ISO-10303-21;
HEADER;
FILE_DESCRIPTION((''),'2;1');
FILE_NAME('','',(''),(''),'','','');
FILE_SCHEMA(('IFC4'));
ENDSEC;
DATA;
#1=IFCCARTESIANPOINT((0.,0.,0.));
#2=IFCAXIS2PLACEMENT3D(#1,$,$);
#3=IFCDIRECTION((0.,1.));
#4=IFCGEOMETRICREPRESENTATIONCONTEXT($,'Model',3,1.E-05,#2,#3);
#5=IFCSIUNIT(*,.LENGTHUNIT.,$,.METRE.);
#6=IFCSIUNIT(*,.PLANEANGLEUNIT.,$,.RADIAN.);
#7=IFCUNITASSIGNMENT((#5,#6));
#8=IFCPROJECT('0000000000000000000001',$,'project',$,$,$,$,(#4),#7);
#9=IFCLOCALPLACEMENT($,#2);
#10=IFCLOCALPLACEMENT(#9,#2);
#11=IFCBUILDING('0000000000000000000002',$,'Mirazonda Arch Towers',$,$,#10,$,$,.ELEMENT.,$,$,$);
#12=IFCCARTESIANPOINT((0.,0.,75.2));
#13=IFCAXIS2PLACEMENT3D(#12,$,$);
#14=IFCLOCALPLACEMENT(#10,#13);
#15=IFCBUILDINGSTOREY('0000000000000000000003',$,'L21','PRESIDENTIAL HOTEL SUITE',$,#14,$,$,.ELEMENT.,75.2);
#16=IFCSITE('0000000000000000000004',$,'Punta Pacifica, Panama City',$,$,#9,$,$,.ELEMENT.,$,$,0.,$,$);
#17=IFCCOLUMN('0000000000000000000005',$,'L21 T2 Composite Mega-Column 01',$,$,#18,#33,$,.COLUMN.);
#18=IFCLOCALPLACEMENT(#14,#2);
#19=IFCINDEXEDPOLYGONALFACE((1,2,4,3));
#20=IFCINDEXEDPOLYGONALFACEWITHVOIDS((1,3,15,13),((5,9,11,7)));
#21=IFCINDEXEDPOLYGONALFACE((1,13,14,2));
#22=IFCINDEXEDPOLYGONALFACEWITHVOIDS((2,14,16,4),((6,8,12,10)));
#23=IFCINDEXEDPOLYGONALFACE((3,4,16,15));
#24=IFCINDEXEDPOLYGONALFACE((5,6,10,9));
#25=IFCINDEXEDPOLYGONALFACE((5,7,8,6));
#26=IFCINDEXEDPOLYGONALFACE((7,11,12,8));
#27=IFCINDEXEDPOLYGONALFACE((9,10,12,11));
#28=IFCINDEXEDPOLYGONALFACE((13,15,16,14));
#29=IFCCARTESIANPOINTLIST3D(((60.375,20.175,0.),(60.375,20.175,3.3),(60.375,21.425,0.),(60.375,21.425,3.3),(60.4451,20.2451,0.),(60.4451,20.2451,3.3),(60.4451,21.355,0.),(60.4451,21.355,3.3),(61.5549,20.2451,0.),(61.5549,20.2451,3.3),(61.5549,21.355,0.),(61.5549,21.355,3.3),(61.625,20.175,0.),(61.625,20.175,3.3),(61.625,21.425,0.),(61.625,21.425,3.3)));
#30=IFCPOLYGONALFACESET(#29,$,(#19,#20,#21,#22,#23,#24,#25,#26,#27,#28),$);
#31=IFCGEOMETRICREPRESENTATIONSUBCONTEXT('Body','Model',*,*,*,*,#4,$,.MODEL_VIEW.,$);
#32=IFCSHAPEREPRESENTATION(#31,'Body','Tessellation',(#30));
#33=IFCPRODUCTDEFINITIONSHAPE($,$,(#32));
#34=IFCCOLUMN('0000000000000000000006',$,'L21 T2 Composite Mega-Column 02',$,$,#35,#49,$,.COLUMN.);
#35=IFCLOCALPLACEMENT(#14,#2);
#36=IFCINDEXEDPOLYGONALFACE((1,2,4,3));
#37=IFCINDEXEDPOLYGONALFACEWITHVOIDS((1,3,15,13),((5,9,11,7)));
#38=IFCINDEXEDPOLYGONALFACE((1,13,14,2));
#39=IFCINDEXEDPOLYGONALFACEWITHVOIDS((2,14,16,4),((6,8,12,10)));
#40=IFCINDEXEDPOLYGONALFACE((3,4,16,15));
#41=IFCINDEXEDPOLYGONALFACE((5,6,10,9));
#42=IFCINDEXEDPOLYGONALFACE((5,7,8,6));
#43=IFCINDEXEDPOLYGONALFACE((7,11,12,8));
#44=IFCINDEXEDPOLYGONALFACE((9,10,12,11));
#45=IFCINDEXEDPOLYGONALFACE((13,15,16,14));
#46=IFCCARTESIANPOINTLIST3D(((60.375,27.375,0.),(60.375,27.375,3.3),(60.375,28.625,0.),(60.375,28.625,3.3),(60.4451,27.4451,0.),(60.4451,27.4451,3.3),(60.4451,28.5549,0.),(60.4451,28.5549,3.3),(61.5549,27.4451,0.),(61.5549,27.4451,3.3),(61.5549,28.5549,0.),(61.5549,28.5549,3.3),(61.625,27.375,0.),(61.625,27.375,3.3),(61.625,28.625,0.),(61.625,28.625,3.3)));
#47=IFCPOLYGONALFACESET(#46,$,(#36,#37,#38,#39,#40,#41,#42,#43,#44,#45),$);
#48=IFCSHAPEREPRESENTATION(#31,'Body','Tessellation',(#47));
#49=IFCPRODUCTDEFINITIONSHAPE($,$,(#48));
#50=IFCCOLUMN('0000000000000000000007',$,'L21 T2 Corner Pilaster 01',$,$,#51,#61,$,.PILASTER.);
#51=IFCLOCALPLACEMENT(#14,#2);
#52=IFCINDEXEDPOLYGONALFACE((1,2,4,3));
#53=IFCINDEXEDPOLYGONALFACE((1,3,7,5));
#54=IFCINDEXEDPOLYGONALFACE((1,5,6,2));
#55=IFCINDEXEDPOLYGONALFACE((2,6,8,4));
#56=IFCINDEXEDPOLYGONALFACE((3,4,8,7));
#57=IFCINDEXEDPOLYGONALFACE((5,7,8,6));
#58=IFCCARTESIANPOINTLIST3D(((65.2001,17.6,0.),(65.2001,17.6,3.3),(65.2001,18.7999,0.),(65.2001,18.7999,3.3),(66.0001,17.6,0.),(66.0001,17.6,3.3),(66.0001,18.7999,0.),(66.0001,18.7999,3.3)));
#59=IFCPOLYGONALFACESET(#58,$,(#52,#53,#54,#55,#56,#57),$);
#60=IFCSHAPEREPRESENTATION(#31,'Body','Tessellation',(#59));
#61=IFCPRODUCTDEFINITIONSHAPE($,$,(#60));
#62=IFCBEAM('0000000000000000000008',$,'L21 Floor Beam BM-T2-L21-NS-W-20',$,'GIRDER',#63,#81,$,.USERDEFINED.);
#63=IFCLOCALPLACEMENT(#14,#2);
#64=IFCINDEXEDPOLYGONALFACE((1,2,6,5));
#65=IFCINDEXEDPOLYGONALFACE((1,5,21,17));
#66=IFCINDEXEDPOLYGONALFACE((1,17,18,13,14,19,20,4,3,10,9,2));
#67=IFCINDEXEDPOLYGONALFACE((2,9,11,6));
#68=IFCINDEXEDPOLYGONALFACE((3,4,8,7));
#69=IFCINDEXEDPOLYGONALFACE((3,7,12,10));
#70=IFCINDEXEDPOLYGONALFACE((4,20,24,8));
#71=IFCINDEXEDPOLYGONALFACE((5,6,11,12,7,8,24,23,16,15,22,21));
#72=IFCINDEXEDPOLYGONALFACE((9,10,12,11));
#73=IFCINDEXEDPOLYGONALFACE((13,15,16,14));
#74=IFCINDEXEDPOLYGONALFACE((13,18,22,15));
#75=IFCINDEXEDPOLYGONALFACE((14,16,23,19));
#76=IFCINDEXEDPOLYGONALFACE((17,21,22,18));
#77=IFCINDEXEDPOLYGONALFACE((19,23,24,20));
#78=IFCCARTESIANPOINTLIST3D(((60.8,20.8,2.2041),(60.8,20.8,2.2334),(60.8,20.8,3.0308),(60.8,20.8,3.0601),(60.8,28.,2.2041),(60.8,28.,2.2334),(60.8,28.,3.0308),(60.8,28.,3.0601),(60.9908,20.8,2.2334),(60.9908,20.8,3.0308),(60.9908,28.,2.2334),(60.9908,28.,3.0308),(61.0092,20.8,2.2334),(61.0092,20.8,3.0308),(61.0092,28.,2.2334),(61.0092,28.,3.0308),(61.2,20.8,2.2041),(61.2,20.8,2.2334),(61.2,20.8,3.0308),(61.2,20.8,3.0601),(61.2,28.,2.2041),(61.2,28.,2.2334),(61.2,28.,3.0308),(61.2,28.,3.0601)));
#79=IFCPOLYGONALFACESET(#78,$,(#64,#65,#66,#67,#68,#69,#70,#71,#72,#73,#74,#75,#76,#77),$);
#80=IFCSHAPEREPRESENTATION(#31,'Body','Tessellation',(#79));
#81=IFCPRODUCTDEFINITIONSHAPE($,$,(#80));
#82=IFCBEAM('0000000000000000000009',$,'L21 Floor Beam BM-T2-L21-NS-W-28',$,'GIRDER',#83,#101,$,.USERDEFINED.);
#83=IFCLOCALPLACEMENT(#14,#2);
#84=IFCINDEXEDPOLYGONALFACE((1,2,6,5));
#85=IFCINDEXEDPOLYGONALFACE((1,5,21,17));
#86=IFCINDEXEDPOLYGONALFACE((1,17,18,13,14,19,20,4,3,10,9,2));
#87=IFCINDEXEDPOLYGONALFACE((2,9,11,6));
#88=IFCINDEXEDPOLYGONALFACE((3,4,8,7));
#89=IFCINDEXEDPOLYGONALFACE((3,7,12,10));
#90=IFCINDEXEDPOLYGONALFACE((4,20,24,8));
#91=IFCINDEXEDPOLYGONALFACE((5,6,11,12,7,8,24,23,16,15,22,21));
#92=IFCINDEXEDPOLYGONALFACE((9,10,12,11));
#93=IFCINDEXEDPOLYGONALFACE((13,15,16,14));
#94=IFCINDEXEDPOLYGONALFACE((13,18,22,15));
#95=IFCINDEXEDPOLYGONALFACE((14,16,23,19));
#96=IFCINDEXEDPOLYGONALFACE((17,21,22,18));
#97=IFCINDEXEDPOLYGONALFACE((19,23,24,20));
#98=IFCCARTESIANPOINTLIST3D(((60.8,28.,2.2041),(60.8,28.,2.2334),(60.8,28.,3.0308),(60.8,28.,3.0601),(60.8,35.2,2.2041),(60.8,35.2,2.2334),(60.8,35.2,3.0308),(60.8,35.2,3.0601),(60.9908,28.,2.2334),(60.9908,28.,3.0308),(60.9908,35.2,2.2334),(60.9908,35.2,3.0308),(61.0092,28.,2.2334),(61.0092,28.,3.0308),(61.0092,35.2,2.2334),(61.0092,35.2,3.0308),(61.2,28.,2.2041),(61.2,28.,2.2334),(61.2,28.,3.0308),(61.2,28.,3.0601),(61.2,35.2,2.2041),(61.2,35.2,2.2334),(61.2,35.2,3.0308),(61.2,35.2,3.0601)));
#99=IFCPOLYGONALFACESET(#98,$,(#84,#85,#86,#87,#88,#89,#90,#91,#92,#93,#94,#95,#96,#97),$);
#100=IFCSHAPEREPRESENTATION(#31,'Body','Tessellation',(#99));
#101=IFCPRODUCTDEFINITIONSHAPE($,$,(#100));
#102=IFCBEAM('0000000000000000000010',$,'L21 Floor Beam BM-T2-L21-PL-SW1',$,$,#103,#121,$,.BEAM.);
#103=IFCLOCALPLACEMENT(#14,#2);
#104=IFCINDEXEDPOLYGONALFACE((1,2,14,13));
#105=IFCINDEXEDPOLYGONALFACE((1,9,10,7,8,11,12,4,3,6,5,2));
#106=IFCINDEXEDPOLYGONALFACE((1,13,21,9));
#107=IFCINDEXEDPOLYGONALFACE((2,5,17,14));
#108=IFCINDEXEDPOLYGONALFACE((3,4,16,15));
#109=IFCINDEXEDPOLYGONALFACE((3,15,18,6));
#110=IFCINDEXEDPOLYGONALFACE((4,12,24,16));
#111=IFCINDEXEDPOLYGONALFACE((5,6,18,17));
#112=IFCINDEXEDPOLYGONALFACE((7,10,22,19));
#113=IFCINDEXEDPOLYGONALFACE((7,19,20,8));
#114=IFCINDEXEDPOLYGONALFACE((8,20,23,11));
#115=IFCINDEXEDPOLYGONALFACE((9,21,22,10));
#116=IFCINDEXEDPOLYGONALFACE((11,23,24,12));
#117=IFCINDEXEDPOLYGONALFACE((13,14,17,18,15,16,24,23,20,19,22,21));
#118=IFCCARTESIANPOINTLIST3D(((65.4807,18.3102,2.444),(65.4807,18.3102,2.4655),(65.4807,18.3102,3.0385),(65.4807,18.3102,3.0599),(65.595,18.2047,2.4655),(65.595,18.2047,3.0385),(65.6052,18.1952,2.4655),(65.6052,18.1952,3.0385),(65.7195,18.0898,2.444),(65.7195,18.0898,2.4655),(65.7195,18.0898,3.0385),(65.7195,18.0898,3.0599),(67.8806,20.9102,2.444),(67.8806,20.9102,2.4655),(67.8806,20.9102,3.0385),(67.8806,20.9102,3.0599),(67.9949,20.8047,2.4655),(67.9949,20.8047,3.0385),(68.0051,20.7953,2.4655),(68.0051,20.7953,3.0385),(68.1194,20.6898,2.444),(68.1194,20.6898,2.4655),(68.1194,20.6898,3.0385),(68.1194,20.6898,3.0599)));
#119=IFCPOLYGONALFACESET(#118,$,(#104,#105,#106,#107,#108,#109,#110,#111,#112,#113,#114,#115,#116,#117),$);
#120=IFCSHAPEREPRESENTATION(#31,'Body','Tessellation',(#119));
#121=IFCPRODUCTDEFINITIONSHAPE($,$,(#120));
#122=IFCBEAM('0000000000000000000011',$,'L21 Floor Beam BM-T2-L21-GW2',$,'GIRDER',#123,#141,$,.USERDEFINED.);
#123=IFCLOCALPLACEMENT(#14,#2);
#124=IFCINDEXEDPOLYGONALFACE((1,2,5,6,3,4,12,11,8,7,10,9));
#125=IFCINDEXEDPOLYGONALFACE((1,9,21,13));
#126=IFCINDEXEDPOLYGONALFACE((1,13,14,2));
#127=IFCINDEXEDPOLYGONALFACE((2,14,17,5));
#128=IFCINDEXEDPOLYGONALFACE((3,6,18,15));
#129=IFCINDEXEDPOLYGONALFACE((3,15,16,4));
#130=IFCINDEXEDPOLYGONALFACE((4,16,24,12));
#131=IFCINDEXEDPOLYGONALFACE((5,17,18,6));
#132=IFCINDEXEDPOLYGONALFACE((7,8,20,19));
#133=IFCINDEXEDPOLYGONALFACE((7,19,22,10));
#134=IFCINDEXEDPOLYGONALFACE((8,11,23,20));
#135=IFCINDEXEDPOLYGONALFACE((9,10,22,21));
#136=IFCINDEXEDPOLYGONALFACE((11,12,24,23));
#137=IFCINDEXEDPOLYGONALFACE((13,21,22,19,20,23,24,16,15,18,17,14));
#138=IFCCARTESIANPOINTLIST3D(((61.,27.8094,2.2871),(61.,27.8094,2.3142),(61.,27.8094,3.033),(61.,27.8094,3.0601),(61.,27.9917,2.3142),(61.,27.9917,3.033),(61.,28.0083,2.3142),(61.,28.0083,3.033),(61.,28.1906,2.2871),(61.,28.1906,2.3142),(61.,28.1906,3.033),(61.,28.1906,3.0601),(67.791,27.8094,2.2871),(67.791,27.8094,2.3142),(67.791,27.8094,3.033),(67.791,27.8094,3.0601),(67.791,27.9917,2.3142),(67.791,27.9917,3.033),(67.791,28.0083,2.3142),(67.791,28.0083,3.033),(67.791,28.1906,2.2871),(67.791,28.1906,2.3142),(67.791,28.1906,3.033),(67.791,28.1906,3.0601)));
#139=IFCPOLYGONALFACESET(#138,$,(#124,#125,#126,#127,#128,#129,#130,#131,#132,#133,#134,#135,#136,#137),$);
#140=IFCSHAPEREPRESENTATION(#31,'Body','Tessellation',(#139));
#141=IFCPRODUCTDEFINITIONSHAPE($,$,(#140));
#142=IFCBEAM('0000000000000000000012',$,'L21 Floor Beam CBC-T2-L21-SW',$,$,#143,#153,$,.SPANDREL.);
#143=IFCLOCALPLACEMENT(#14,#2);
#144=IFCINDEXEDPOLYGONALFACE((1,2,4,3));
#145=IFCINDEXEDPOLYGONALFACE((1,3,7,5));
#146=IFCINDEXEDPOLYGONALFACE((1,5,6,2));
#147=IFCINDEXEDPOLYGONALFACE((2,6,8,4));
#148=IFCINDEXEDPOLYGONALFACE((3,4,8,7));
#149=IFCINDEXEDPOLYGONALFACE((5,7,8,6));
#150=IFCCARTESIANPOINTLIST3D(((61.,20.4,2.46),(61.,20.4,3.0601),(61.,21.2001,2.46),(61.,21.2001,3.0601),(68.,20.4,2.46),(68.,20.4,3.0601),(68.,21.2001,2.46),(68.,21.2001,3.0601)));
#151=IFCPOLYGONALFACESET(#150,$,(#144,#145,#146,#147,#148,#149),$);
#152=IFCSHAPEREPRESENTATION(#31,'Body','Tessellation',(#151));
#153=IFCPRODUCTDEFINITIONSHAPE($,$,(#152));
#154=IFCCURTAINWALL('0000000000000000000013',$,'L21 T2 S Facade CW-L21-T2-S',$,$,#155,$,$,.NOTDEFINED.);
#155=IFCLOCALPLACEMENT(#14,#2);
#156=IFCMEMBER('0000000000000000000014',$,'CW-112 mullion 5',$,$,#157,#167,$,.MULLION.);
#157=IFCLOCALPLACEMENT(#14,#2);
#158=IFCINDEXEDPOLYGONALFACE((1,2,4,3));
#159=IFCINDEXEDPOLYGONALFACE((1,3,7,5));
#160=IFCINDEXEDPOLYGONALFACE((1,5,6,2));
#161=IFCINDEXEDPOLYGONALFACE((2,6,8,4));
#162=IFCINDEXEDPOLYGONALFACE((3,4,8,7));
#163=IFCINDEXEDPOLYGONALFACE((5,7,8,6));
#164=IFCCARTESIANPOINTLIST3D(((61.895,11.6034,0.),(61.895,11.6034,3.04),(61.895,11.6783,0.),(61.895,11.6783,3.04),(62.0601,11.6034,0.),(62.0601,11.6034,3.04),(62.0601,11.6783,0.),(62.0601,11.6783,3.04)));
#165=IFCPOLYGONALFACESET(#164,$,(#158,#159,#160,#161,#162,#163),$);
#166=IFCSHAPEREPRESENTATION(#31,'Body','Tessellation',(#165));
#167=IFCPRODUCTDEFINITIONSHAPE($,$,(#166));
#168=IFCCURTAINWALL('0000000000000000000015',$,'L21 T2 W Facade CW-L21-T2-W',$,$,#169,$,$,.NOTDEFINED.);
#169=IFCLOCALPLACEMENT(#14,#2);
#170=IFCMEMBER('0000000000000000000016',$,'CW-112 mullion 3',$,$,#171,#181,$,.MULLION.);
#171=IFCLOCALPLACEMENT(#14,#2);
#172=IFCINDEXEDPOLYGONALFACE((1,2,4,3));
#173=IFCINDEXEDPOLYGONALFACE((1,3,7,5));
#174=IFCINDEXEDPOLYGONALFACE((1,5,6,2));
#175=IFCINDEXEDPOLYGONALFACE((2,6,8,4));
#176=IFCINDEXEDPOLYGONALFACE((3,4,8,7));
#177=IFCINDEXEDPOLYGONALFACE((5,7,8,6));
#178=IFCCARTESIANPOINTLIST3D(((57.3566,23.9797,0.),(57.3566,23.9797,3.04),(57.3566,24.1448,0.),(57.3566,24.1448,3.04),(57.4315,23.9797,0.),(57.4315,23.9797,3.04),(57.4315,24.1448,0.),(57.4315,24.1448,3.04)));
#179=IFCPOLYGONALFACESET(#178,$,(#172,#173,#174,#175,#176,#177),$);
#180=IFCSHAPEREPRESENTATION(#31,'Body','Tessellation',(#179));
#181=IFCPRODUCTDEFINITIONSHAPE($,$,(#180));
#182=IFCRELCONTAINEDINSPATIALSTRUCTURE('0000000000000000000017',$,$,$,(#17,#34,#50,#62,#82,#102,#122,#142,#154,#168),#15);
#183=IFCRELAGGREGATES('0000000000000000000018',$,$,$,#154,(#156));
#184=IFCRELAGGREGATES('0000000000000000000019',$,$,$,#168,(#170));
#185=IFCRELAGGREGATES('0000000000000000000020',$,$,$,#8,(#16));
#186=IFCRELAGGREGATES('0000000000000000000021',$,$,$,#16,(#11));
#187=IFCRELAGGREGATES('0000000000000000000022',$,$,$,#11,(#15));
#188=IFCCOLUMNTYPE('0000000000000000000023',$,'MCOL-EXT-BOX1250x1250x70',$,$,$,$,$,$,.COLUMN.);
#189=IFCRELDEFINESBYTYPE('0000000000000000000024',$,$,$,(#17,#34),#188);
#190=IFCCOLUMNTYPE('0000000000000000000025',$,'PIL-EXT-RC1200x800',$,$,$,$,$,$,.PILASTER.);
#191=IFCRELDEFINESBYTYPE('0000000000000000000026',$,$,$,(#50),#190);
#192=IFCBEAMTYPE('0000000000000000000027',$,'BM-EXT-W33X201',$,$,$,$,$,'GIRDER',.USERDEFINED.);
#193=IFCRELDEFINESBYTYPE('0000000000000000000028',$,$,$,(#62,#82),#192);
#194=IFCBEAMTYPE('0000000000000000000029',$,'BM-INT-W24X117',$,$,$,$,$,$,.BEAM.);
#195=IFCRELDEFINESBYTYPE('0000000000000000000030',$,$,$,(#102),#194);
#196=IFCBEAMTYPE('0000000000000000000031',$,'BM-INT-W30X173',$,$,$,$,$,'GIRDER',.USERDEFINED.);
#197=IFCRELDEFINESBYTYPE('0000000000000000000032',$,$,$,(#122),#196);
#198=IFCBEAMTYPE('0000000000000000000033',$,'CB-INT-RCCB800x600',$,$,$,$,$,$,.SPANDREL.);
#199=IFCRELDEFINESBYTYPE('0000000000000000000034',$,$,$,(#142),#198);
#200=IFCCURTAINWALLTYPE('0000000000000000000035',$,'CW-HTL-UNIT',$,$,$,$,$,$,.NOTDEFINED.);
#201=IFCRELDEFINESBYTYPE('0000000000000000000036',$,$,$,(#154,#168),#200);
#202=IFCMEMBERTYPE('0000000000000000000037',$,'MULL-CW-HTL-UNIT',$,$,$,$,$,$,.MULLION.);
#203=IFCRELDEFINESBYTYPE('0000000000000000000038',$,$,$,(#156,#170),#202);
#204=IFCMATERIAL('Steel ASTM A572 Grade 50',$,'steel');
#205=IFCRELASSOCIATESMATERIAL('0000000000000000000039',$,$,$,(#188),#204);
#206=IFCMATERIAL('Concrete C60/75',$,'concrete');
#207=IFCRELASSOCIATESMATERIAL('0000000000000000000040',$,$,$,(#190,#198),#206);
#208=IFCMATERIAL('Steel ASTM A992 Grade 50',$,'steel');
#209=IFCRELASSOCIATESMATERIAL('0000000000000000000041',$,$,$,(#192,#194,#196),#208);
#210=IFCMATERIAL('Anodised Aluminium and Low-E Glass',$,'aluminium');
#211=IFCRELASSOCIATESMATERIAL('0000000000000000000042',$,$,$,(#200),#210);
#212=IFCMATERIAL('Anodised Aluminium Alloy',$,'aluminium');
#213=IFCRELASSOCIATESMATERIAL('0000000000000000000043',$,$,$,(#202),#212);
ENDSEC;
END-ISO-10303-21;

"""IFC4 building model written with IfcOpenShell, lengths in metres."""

from ifc_helpers import new_model, si_unit, direction, frame, origin, origin_2d, place, context, subcontext, project, spatial, rectangle, hollow_rectangle, i_section, extrude, material, material_profile, profile_set, type_object, element, aggregate, save


model = new_model("IFC4")

# Units and contexts
model_context = context("Model", 3, precision=1e-05, world=origin(), true_north=direction((0.0, 1.0)))
body_context = subcontext(model_context, "Body", "Model", "MODEL_VIEW")
ifc_project = project(units=[si_unit("LENGTHUNIT", "METRE"), si_unit("PLANEANGLEUNIT", "RADIAN")], contexts=[model_context])

# Site, building, storey
site_placement = place(None, origin())
site = spatial("IfcSite", under=ifc_project, at=site_placement, Name="Punta Pacifica, Panama City", CompositionType="ELEMENT", RefElevation=0.0)
building_placement = place(site_placement, origin())
building = spatial("IfcBuilding", under=site, at=building_placement, Name="Mirazonda Arch Towers", CompositionType="ELEMENT")
storey_placement = place(building_placement, frame((0.0, 0.0, 75.2)))
storey = spatial("IfcBuildingStorey", under=building, at=storey_placement, Name="L21", Description="PRESIDENTIAL HOTEL SUITE", CompositionType="ELEMENT", Elevation=75.2)

# Columns
ifc_material_1 = material(Name="Steel ASTM A572 Grade 50", Category="steel")
ifc_material_profile_1 = material_profile(ifc_material_1, hollow_rectangle(XDim=1.25, YDim=1.25, WallThickness=0.0701, at=origin_2d()), Name="BOX1250x1250x70")
ifc_profile_set_1 = profile_set([ifc_material_profile_1], Name="Steel ASTM A572 Grade 50")
column_type_1 = type_object("IfcColumnType", Name="MCOL-EXT-BOX1250x1250x70", PredefinedType="COLUMN", material=ifc_profile_set_1)
for number, where, z_axis, x_axis, name in (
    (1, (61.0, 20.8, 0.0), (0.0, 0.0, 1.0), (1.0, 0.0, 0.0), "L21 T2 Composite Mega-Column 01"),
    (2, (61.0, 28.0, 0.0), (0.0, 0.0, 1.0), (1.0, 0.0, 0.0), "L21 T2 Composite Mega-Column 02"),
):
    element("IfcColumn", number, at=place(storey_placement, frame(where, z_axis=z_axis, x_axis=x_axis)), inside=storey, type_object=column_type_1, Name=name, PredefinedType="COLUMN", context=body_context, shape_type="SweptSolid", body=[
        extrude(hollow_rectangle(XDim=1.25, YDim=1.25, WallThickness=0.0701, at=origin_2d()), origin(), (0.0, 0.0, 1.0), 3.3),
    ])
ifc_material_2 = material(Name="Concrete C60/75", Category="concrete")
ifc_material_profile_2 = material_profile(ifc_material_2, rectangle(XDim=0.8, YDim=1.2, at=origin_2d()), Name="RC1200x800")
ifc_profile_set_2 = profile_set([ifc_material_profile_2], Name="Concrete C60/75")
column_type_2 = type_object("IfcColumnType", Name="PIL-EXT-RC1200x800", PredefinedType="PILASTER", material=ifc_profile_set_2)
column_placement = place(storey_placement, frame((65.6001, 18.2, 0.0), z_axis=(0.0, 0.0, 1.0), x_axis=(1.0, 0.0, 0.0)))
element("IfcColumn", 3, at=column_placement, inside=storey, type_object=column_type_2, Name="L21 T2 Corner Pilaster 01", PredefinedType="PILASTER", context=body_context, shape_type="SweptSolid", body=[
    extrude(rectangle(XDim=0.8, YDim=1.2, at=origin_2d()), origin(), (0.0, 0.0, 1.0), 3.3),
])

# Beams
ifc_material_3 = material(Name="Steel ASTM A992 Grade 50", Category="steel")
ifc_material_profile_3 = material_profile(ifc_material_3, i_section(OverallWidth=0.3999, OverallDepth=0.856, WebThickness=0.0183, FlangeThickness=0.0293, at=origin_2d()), Name="W33X201")
ifc_profile_set_3 = profile_set([ifc_material_profile_3], Name="Steel ASTM A992 Grade 50")
beam_type_1 = type_object("IfcBeamType", Name="BM-EXT-W33X201", ElementType="GIRDER", PredefinedType="USERDEFINED", material=ifc_profile_set_3)
for number, where, z_axis, x_axis, name in (
    (4, (61.0, 20.8, 2.6321), (0.0, 1.0, 0.0), (-1.0, 0.0, 0.0), "L21 Floor Beam BM-T2-L21-NS-W-20"),
    (5, (61.0, 28.0, 2.6321), (0.0, 1.0, 0.0), (-1.0, 0.0, 0.0), "L21 Floor Beam BM-T2-L21-NS-W-28"),
):
    element("IfcBeam", number, at=place(storey_placement, frame(where, z_axis=z_axis, x_axis=x_axis)), inside=storey, type_object=beam_type_1, Name=name, ObjectType="GIRDER", PredefinedType="USERDEFINED", context=body_context, shape_type="SweptSolid", body=[
        extrude(i_section(OverallWidth=0.3999, OverallDepth=0.856, WebThickness=0.0183, FlangeThickness=0.0293, at=origin_2d()), origin(), (0.0, 0.0, 1.0), 7.2),
    ])
ifc_material_profile_4 = material_profile(ifc_material_3, i_section(OverallWidth=0.325, OverallDepth=0.616, WebThickness=0.0139, FlangeThickness=0.0215, at=origin_2d()), Name="W24X117")
ifc_profile_set_4 = profile_set([ifc_material_profile_4], Name="Steel ASTM A992 Grade 50")
beam_type_2 = type_object("IfcBeamType", Name="BM-INT-W24X117", PredefinedType="BEAM", material=ifc_profile_set_4)
beam_1_placement = place(storey_placement, frame((65.6001, 18.2, 2.752), z_axis=(0.678251, 0.73483, 0.0), x_axis=(-0.73483, 0.678251, 0.0)))
element("IfcBeam", 6, at=beam_1_placement, inside=storey, type_object=beam_type_2, Name="L21 Floor Beam BM-T2-L21-PL-SW1", PredefinedType="BEAM", context=body_context, shape_type="SweptSolid", body=[
    extrude(i_section(OverallWidth=0.325, OverallDepth=0.616, WebThickness=0.0139, FlangeThickness=0.0215, at=origin_2d()), origin(), (0.0, 0.0, 1.0), 3.5383),
])
ifc_material_profile_5 = material_profile(ifc_material_3, i_section(OverallWidth=0.3811, OverallDepth=0.7729, WebThickness=0.0166, FlangeThickness=0.0271, at=origin_2d()), Name="W30X173")
ifc_profile_set_5 = profile_set([ifc_material_profile_5], Name="Steel ASTM A992 Grade 50")
beam_type_3 = type_object("IfcBeamType", Name="BM-INT-W30X173", ElementType="GIRDER", PredefinedType="USERDEFINED", material=ifc_profile_set_5)
beam_2_placement = place(storey_placement, frame((61.0, 28.0, 2.6736), z_axis=(1.0, 0.0, 0.0), x_axis=(0.0, 1.0, 0.0)))
element("IfcBeam", 7, at=beam_2_placement, inside=storey, type_object=beam_type_3, Name="L21 Floor Beam BM-T2-L21-GW2", ObjectType="GIRDER", PredefinedType="USERDEFINED", context=body_context, shape_type="SweptSolid", body=[
    extrude(i_section(OverallWidth=0.3811, OverallDepth=0.7729, WebThickness=0.0166, FlangeThickness=0.0271, at=origin_2d()), origin(), (0.0, 0.0, 1.0), 6.791),
])
ifc_material_profile_6 = material_profile(ifc_material_2, rectangle(XDim=0.8, YDim=0.6001, at=origin_2d()), Name="RCCB800x600")
ifc_profile_set_6 = profile_set([ifc_material_profile_6], Name="Concrete C60/75")
beam_type_4 = type_object("IfcBeamType", Name="CB-INT-RCCB800x600", PredefinedType="SPANDREL", material=ifc_profile_set_6)
beam_3_placement = place(storey_placement, frame((61.0, 20.8, 2.76), z_axis=(1.0, 0.0, 0.0), x_axis=(0.0, 1.0, 0.0)))
element("IfcBeam", 8, at=beam_3_placement, inside=storey, type_object=beam_type_4, Name="L21 Floor Beam CBC-T2-L21-SW", PredefinedType="SPANDREL", context=body_context, shape_type="SweptSolid", body=[
    extrude(rectangle(XDim=0.8, YDim=0.6001, at=origin_2d()), origin(), (0.0, 0.0, 1.0), 7.0),
])

# Curtain wall, member
ifc_material_4 = material(Name="Anodised Aluminium and Low-E Glass", Category="aluminium")
curtain_wall_type = type_object("IfcCurtainWallType", Name="CW-HTL-UNIT", PredefinedType="NOTDEFINED", material=ifc_material_4)
curtain_wall_1_placement = place(storey_placement, origin())
curtain_wall_1 = element("IfcCurtainWall", 9, at=curtain_wall_1_placement, inside=storey, type_object=curtain_wall_type, Name="L21 T2 S Facade CW-L21-T2-S", PredefinedType="NOTDEFINED")
ifc_material_5 = material(Name="Anodised Aluminium Alloy", Category="aluminium")
ifc_material_profile_7 = material_profile(ifc_material_5, rectangle(XDim=0.075, YDim=0.165, at=origin_2d()), Name="ALU-MULL-75x165")
ifc_profile_set_7 = profile_set([ifc_material_profile_7], Name="Anodised Aluminium Alloy")
member_type_1 = type_object("IfcMemberType", Name="MULL-CW-HTL-UNIT", PredefinedType="MULLION", material=ifc_profile_set_7)
member_1_placement = place(storey_placement, frame((61.9775, 11.6409, 0.0), z_axis=(0.0, 0.0, 1.0), x_axis=(0.0, -1.0, 0.0)))
member_1 = element("IfcMember", 10, at=member_1_placement, type_object=member_type_1, Name="CW-112 mullion 5", PredefinedType="MULLION", context=body_context, shape_type="SweptSolid", body=[
    extrude(rectangle(XDim=0.075, YDim=0.165, at=origin_2d()), origin(), (0.0, 0.0, 1.0), 3.04),
])

# Curtain wall, member
curtain_wall_2_placement = place(storey_placement, origin())
curtain_wall_2 = element("IfcCurtainWall", 11, at=curtain_wall_2_placement, inside=storey, type_object=curtain_wall_type, Name="L21 T2 W Facade CW-L21-T2-W", PredefinedType="NOTDEFINED")
member_2_placement = place(storey_placement, frame((57.394, 24.0623, 0.0), z_axis=(0.0, 0.0, 1.0), x_axis=(1.0, 0.0, 0.0)))
member_2 = element("IfcMember", 12, at=member_2_placement, type_object=member_type_1, Name="CW-112 mullion 3", PredefinedType="MULLION", context=body_context, shape_type="SweptSolid", body=[
    extrude(rectangle(XDim=0.075, YDim=0.165, at=origin_2d()), origin(), (0.0, 0.0, 1.0), 3.04),
])

aggregate(curtain_wall_1, [member_1])
aggregate(curtain_wall_2, [member_2])

save(model, "model.ifc")
